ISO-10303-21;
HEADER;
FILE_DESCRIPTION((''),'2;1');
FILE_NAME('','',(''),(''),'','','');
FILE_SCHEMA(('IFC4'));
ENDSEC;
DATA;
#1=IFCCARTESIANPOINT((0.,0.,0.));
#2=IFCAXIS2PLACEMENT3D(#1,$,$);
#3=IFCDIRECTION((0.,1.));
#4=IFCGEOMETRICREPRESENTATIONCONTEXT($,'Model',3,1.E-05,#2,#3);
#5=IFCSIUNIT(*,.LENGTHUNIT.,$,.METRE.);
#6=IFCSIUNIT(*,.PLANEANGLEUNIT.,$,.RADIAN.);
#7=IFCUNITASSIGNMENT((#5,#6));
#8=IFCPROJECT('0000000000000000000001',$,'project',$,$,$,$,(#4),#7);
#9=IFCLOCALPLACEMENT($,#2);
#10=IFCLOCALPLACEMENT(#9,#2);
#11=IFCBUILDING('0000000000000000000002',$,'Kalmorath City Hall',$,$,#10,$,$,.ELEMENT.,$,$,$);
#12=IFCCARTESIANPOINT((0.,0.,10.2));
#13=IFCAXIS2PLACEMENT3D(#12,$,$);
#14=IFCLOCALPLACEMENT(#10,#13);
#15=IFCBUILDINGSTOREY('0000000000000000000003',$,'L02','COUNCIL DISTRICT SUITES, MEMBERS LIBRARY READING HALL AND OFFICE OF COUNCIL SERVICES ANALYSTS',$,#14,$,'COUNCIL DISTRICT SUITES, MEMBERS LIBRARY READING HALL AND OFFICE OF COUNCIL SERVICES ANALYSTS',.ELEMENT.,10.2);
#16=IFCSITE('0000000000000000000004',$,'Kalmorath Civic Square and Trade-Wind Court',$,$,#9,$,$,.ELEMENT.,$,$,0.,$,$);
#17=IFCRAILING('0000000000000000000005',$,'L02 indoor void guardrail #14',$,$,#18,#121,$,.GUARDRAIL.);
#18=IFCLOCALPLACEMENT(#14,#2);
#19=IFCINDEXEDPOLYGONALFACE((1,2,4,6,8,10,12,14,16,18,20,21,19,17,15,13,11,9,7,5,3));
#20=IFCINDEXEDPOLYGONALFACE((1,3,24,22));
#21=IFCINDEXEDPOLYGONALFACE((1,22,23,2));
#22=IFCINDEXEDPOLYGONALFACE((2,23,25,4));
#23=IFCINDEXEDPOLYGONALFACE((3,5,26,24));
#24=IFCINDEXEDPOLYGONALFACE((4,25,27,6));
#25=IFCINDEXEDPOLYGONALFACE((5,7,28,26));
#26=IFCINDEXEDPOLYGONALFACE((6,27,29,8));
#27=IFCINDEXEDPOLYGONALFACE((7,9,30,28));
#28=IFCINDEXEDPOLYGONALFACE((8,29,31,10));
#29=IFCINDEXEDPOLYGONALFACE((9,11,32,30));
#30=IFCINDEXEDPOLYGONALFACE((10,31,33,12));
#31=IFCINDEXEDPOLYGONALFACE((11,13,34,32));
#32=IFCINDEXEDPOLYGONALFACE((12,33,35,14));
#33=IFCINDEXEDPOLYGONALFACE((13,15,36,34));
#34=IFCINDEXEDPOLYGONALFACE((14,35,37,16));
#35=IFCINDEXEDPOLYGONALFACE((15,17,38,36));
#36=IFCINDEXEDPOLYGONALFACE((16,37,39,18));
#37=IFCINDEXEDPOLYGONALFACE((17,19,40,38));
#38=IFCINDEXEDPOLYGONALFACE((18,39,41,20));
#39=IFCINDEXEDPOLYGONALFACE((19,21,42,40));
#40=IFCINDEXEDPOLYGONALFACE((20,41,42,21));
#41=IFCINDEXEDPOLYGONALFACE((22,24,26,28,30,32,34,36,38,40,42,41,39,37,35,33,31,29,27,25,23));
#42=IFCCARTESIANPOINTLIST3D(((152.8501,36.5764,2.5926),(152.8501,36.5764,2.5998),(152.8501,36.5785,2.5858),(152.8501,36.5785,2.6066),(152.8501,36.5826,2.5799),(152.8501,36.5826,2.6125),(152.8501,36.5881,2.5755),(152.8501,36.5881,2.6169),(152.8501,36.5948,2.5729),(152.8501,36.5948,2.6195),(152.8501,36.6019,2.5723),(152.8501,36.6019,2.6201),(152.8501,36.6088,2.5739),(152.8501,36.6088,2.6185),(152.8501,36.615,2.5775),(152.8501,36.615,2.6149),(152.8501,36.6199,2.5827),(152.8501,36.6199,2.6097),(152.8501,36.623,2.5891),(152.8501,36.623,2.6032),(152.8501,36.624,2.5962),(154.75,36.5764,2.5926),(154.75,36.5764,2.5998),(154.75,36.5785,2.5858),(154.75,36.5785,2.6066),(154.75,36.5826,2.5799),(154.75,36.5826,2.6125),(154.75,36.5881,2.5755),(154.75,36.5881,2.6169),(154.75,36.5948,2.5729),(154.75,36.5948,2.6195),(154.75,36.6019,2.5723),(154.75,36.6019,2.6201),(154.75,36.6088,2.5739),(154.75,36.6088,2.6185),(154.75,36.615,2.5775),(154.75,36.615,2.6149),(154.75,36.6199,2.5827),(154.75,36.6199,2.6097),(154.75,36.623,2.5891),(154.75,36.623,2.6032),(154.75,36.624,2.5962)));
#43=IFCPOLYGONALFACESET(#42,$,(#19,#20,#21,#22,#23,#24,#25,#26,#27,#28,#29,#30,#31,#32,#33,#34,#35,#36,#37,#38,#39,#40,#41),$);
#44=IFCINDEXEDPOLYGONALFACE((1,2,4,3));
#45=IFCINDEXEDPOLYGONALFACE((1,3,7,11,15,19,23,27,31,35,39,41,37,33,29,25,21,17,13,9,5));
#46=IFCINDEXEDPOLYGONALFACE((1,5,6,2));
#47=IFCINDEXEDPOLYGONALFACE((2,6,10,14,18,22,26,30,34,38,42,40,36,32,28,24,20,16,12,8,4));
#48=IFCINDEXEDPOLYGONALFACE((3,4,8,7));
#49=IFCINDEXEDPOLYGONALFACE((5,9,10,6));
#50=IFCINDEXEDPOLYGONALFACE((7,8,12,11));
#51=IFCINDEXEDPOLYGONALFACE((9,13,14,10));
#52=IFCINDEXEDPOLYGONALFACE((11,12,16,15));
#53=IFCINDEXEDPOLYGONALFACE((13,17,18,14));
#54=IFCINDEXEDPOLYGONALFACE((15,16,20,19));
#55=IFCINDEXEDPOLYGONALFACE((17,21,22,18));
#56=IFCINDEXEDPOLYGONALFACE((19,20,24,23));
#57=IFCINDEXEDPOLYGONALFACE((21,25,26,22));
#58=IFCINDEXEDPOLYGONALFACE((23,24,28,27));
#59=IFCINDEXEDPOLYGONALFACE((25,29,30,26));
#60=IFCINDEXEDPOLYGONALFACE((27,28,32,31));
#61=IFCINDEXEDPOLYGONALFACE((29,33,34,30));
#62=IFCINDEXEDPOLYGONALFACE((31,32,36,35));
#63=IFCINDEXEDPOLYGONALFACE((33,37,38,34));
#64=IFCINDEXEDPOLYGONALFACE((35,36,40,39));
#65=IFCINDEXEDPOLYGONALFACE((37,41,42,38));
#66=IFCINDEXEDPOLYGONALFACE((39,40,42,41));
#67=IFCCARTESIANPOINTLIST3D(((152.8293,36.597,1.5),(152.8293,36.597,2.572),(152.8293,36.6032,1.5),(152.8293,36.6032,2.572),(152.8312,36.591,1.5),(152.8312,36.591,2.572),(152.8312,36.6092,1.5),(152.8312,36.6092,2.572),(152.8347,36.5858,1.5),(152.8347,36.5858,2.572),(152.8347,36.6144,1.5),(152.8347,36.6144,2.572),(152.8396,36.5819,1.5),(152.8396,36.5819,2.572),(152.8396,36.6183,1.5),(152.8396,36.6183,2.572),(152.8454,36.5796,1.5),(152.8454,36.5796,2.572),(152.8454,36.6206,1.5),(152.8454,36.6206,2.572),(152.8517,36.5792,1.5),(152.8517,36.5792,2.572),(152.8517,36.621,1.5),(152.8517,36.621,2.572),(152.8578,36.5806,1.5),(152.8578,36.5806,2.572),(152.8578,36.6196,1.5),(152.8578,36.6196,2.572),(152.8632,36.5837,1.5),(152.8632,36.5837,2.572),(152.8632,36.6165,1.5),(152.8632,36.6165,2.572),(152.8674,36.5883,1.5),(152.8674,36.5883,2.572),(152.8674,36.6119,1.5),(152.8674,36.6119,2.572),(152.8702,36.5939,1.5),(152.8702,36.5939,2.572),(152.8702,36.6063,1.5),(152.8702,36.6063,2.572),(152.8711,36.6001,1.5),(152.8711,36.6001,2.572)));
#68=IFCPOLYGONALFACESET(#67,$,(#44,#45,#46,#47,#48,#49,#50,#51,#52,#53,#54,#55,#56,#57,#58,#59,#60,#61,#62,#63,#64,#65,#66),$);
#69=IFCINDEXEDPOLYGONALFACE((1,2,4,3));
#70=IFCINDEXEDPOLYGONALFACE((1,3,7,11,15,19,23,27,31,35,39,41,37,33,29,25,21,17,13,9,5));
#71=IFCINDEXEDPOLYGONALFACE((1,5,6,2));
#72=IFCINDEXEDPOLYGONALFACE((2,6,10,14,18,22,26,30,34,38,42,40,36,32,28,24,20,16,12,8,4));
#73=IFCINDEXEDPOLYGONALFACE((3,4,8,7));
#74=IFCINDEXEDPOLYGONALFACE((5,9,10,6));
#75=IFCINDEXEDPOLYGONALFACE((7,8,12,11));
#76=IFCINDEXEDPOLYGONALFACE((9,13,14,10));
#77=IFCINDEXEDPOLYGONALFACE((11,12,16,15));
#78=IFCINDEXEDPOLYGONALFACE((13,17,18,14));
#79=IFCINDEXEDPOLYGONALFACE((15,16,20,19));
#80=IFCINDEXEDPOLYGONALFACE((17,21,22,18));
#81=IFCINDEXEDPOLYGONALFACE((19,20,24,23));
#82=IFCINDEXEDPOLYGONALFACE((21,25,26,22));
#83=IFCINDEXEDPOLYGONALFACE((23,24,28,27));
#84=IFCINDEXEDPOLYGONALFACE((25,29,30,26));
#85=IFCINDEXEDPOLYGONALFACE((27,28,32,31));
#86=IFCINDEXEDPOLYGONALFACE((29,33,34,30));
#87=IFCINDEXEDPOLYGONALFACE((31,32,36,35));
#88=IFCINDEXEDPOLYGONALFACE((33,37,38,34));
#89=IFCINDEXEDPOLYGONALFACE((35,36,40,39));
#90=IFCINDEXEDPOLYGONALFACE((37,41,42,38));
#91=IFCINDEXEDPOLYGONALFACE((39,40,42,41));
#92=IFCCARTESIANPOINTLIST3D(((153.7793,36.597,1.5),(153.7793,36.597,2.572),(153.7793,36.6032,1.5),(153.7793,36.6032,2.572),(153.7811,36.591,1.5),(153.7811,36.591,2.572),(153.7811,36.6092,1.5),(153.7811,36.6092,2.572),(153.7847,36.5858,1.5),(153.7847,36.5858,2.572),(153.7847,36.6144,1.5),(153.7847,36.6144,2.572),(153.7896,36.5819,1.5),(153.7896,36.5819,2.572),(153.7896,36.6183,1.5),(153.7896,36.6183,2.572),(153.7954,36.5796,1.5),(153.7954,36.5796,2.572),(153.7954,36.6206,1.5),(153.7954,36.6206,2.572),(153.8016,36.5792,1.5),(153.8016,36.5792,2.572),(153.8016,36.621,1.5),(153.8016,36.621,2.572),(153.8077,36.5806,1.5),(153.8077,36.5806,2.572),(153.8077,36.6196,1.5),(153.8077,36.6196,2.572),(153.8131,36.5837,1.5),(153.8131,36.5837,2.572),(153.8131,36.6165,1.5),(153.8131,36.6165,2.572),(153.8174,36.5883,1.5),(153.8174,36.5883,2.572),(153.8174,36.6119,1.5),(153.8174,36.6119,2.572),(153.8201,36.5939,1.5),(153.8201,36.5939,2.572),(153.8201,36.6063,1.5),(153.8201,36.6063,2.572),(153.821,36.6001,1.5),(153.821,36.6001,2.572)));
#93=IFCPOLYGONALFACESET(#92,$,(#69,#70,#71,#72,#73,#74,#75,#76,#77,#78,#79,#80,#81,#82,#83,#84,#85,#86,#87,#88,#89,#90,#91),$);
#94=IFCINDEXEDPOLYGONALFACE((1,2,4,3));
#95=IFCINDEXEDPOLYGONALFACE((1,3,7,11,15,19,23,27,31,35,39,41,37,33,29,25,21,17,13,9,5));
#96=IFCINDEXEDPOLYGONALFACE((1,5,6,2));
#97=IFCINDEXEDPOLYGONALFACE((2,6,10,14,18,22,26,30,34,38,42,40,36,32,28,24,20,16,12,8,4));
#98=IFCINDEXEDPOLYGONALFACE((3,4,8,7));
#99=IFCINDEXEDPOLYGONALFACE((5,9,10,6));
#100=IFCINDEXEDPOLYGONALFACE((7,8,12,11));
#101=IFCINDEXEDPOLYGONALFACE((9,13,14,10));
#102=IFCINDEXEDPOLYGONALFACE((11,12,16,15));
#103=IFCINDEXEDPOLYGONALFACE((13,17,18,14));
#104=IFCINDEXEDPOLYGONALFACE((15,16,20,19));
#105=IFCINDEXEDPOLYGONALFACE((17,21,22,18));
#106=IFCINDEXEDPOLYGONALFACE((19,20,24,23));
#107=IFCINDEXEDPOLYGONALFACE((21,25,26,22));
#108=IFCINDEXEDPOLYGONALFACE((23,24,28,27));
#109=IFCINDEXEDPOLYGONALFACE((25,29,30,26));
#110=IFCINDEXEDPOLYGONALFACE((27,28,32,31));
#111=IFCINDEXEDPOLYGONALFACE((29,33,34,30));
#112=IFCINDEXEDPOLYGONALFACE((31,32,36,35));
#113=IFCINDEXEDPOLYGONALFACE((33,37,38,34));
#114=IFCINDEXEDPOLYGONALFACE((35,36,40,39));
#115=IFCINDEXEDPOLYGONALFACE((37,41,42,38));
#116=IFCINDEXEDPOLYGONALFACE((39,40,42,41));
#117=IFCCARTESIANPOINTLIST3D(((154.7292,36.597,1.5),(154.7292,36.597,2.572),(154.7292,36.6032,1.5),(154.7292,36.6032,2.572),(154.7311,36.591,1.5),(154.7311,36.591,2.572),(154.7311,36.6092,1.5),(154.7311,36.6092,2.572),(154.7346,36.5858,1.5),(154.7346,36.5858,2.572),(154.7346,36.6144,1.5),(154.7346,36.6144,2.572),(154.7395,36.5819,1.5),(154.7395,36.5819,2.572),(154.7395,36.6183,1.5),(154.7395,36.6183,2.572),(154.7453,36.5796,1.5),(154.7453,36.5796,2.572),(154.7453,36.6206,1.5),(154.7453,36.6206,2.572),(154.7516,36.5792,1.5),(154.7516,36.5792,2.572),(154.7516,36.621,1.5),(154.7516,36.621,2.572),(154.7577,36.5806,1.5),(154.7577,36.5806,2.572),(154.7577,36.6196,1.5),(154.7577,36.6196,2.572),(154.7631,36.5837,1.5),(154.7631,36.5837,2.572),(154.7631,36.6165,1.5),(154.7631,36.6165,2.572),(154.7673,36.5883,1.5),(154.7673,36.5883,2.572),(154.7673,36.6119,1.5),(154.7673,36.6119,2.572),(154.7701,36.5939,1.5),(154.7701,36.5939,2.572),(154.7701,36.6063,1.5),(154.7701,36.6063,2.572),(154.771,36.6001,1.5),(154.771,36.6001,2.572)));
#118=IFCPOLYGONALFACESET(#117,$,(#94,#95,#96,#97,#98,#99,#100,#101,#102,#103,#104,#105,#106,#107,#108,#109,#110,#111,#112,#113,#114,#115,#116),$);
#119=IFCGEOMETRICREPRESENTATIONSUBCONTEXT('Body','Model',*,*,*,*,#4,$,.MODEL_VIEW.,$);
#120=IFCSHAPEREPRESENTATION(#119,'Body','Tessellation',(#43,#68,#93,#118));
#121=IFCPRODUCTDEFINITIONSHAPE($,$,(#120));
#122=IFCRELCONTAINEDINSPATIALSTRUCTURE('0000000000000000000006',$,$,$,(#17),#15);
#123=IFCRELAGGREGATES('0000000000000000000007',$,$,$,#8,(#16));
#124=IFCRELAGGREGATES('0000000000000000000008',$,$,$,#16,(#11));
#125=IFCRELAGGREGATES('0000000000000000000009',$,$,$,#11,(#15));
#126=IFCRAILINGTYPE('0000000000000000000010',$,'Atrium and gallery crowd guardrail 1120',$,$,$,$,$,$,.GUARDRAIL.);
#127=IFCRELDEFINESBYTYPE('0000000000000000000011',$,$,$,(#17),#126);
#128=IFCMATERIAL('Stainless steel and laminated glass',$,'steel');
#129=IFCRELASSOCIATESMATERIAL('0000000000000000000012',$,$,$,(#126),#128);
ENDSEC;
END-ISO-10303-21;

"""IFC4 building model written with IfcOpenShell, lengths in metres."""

from ifc_helpers import new_model, si_unit, direction, frame, origin, origin_2d, place, context, subcontext, project, spatial, circle, extrude, material, type_object, element, save


model = new_model("IFC4")

# Units and contexts
model_context = context("Model", 3, precision=1e-05, world=origin(), true_north=direction((0.0, 1.0)))
body_context = subcontext(model_context, "Body", "Model", "MODEL_VIEW")
ifc_project = project(units=[si_unit("LENGTHUNIT", "METRE"), si_unit("PLANEANGLEUNIT", "RADIAN")], contexts=[model_context])

# Site, building, storey
site_placement = place(None, origin())
site = spatial("IfcSite", under=ifc_project, at=site_placement, Name="Kalmorath Civic Square and Trade-Wind Court", CompositionType="ELEMENT", RefElevation=0.0)
building_placement = place(site_placement, origin())
building = spatial("IfcBuilding", under=site, at=building_placement, Name="Kalmorath City Hall", CompositionType="ELEMENT")
storey_placement = place(building_placement, frame((0.0, 0.0, 10.2)))
storey = spatial("IfcBuildingStorey", under=building, at=storey_placement, Name="L02", Description="COUNCIL DISTRICT SUITES, MEMBERS LIBRARY READING HALL AND OFFICE OF COUNCIL SERVICES ANALYSTS", LongName="COUNCIL DISTRICT SUITES, MEMBERS LIBRARY READING HALL AND OFFICE OF COUNCIL SERVICES ANALYSTS", CompositionType="ELEMENT", Elevation=10.2)

# Railing
ifc_material_1 = material(Name="Stainless steel and laminated glass", Category="steel")
railing_type = type_object("IfcRailingType", Name="Atrium and gallery crowd guardrail 1120", PredefinedType="GUARDRAIL", material=ifc_material_1)
railing_placement = place(storey_placement, frame((152.8501, 36.6001, 1.5)))
element("IfcRailing", 1, at=railing_placement, inside=storey, type_object=railing_type, Name="L02 indoor void guardrail #14", PredefinedType="GUARDRAIL", context=body_context, shape_type="SweptSolid", body=[
    extrude(circle(Radius=0.0239, at=origin_2d()), frame((0.0, 0.0, 1.0962), z_axis=(1.0, 0.0, 0.0), x_axis=(0.0, 1.0, 0.0)), (0.0, 0.0, 1.0), 1.8999),
    extrude(circle(Radius=0.021, at=origin_2d()), origin(), (0.0, 0.0, 1.0), 1.072),
    extrude(circle(Radius=0.021, at=origin_2d()), frame((0.95, 0.0, 0.0)), (0.0, 0.0, 1.0), 1.072),
    extrude(circle(Radius=0.021, at=origin_2d()), frame((1.8999, 0.0, 0.0)), (0.0, 0.0, 1.0), 1.072),
])

save(model, "model.ifc")
